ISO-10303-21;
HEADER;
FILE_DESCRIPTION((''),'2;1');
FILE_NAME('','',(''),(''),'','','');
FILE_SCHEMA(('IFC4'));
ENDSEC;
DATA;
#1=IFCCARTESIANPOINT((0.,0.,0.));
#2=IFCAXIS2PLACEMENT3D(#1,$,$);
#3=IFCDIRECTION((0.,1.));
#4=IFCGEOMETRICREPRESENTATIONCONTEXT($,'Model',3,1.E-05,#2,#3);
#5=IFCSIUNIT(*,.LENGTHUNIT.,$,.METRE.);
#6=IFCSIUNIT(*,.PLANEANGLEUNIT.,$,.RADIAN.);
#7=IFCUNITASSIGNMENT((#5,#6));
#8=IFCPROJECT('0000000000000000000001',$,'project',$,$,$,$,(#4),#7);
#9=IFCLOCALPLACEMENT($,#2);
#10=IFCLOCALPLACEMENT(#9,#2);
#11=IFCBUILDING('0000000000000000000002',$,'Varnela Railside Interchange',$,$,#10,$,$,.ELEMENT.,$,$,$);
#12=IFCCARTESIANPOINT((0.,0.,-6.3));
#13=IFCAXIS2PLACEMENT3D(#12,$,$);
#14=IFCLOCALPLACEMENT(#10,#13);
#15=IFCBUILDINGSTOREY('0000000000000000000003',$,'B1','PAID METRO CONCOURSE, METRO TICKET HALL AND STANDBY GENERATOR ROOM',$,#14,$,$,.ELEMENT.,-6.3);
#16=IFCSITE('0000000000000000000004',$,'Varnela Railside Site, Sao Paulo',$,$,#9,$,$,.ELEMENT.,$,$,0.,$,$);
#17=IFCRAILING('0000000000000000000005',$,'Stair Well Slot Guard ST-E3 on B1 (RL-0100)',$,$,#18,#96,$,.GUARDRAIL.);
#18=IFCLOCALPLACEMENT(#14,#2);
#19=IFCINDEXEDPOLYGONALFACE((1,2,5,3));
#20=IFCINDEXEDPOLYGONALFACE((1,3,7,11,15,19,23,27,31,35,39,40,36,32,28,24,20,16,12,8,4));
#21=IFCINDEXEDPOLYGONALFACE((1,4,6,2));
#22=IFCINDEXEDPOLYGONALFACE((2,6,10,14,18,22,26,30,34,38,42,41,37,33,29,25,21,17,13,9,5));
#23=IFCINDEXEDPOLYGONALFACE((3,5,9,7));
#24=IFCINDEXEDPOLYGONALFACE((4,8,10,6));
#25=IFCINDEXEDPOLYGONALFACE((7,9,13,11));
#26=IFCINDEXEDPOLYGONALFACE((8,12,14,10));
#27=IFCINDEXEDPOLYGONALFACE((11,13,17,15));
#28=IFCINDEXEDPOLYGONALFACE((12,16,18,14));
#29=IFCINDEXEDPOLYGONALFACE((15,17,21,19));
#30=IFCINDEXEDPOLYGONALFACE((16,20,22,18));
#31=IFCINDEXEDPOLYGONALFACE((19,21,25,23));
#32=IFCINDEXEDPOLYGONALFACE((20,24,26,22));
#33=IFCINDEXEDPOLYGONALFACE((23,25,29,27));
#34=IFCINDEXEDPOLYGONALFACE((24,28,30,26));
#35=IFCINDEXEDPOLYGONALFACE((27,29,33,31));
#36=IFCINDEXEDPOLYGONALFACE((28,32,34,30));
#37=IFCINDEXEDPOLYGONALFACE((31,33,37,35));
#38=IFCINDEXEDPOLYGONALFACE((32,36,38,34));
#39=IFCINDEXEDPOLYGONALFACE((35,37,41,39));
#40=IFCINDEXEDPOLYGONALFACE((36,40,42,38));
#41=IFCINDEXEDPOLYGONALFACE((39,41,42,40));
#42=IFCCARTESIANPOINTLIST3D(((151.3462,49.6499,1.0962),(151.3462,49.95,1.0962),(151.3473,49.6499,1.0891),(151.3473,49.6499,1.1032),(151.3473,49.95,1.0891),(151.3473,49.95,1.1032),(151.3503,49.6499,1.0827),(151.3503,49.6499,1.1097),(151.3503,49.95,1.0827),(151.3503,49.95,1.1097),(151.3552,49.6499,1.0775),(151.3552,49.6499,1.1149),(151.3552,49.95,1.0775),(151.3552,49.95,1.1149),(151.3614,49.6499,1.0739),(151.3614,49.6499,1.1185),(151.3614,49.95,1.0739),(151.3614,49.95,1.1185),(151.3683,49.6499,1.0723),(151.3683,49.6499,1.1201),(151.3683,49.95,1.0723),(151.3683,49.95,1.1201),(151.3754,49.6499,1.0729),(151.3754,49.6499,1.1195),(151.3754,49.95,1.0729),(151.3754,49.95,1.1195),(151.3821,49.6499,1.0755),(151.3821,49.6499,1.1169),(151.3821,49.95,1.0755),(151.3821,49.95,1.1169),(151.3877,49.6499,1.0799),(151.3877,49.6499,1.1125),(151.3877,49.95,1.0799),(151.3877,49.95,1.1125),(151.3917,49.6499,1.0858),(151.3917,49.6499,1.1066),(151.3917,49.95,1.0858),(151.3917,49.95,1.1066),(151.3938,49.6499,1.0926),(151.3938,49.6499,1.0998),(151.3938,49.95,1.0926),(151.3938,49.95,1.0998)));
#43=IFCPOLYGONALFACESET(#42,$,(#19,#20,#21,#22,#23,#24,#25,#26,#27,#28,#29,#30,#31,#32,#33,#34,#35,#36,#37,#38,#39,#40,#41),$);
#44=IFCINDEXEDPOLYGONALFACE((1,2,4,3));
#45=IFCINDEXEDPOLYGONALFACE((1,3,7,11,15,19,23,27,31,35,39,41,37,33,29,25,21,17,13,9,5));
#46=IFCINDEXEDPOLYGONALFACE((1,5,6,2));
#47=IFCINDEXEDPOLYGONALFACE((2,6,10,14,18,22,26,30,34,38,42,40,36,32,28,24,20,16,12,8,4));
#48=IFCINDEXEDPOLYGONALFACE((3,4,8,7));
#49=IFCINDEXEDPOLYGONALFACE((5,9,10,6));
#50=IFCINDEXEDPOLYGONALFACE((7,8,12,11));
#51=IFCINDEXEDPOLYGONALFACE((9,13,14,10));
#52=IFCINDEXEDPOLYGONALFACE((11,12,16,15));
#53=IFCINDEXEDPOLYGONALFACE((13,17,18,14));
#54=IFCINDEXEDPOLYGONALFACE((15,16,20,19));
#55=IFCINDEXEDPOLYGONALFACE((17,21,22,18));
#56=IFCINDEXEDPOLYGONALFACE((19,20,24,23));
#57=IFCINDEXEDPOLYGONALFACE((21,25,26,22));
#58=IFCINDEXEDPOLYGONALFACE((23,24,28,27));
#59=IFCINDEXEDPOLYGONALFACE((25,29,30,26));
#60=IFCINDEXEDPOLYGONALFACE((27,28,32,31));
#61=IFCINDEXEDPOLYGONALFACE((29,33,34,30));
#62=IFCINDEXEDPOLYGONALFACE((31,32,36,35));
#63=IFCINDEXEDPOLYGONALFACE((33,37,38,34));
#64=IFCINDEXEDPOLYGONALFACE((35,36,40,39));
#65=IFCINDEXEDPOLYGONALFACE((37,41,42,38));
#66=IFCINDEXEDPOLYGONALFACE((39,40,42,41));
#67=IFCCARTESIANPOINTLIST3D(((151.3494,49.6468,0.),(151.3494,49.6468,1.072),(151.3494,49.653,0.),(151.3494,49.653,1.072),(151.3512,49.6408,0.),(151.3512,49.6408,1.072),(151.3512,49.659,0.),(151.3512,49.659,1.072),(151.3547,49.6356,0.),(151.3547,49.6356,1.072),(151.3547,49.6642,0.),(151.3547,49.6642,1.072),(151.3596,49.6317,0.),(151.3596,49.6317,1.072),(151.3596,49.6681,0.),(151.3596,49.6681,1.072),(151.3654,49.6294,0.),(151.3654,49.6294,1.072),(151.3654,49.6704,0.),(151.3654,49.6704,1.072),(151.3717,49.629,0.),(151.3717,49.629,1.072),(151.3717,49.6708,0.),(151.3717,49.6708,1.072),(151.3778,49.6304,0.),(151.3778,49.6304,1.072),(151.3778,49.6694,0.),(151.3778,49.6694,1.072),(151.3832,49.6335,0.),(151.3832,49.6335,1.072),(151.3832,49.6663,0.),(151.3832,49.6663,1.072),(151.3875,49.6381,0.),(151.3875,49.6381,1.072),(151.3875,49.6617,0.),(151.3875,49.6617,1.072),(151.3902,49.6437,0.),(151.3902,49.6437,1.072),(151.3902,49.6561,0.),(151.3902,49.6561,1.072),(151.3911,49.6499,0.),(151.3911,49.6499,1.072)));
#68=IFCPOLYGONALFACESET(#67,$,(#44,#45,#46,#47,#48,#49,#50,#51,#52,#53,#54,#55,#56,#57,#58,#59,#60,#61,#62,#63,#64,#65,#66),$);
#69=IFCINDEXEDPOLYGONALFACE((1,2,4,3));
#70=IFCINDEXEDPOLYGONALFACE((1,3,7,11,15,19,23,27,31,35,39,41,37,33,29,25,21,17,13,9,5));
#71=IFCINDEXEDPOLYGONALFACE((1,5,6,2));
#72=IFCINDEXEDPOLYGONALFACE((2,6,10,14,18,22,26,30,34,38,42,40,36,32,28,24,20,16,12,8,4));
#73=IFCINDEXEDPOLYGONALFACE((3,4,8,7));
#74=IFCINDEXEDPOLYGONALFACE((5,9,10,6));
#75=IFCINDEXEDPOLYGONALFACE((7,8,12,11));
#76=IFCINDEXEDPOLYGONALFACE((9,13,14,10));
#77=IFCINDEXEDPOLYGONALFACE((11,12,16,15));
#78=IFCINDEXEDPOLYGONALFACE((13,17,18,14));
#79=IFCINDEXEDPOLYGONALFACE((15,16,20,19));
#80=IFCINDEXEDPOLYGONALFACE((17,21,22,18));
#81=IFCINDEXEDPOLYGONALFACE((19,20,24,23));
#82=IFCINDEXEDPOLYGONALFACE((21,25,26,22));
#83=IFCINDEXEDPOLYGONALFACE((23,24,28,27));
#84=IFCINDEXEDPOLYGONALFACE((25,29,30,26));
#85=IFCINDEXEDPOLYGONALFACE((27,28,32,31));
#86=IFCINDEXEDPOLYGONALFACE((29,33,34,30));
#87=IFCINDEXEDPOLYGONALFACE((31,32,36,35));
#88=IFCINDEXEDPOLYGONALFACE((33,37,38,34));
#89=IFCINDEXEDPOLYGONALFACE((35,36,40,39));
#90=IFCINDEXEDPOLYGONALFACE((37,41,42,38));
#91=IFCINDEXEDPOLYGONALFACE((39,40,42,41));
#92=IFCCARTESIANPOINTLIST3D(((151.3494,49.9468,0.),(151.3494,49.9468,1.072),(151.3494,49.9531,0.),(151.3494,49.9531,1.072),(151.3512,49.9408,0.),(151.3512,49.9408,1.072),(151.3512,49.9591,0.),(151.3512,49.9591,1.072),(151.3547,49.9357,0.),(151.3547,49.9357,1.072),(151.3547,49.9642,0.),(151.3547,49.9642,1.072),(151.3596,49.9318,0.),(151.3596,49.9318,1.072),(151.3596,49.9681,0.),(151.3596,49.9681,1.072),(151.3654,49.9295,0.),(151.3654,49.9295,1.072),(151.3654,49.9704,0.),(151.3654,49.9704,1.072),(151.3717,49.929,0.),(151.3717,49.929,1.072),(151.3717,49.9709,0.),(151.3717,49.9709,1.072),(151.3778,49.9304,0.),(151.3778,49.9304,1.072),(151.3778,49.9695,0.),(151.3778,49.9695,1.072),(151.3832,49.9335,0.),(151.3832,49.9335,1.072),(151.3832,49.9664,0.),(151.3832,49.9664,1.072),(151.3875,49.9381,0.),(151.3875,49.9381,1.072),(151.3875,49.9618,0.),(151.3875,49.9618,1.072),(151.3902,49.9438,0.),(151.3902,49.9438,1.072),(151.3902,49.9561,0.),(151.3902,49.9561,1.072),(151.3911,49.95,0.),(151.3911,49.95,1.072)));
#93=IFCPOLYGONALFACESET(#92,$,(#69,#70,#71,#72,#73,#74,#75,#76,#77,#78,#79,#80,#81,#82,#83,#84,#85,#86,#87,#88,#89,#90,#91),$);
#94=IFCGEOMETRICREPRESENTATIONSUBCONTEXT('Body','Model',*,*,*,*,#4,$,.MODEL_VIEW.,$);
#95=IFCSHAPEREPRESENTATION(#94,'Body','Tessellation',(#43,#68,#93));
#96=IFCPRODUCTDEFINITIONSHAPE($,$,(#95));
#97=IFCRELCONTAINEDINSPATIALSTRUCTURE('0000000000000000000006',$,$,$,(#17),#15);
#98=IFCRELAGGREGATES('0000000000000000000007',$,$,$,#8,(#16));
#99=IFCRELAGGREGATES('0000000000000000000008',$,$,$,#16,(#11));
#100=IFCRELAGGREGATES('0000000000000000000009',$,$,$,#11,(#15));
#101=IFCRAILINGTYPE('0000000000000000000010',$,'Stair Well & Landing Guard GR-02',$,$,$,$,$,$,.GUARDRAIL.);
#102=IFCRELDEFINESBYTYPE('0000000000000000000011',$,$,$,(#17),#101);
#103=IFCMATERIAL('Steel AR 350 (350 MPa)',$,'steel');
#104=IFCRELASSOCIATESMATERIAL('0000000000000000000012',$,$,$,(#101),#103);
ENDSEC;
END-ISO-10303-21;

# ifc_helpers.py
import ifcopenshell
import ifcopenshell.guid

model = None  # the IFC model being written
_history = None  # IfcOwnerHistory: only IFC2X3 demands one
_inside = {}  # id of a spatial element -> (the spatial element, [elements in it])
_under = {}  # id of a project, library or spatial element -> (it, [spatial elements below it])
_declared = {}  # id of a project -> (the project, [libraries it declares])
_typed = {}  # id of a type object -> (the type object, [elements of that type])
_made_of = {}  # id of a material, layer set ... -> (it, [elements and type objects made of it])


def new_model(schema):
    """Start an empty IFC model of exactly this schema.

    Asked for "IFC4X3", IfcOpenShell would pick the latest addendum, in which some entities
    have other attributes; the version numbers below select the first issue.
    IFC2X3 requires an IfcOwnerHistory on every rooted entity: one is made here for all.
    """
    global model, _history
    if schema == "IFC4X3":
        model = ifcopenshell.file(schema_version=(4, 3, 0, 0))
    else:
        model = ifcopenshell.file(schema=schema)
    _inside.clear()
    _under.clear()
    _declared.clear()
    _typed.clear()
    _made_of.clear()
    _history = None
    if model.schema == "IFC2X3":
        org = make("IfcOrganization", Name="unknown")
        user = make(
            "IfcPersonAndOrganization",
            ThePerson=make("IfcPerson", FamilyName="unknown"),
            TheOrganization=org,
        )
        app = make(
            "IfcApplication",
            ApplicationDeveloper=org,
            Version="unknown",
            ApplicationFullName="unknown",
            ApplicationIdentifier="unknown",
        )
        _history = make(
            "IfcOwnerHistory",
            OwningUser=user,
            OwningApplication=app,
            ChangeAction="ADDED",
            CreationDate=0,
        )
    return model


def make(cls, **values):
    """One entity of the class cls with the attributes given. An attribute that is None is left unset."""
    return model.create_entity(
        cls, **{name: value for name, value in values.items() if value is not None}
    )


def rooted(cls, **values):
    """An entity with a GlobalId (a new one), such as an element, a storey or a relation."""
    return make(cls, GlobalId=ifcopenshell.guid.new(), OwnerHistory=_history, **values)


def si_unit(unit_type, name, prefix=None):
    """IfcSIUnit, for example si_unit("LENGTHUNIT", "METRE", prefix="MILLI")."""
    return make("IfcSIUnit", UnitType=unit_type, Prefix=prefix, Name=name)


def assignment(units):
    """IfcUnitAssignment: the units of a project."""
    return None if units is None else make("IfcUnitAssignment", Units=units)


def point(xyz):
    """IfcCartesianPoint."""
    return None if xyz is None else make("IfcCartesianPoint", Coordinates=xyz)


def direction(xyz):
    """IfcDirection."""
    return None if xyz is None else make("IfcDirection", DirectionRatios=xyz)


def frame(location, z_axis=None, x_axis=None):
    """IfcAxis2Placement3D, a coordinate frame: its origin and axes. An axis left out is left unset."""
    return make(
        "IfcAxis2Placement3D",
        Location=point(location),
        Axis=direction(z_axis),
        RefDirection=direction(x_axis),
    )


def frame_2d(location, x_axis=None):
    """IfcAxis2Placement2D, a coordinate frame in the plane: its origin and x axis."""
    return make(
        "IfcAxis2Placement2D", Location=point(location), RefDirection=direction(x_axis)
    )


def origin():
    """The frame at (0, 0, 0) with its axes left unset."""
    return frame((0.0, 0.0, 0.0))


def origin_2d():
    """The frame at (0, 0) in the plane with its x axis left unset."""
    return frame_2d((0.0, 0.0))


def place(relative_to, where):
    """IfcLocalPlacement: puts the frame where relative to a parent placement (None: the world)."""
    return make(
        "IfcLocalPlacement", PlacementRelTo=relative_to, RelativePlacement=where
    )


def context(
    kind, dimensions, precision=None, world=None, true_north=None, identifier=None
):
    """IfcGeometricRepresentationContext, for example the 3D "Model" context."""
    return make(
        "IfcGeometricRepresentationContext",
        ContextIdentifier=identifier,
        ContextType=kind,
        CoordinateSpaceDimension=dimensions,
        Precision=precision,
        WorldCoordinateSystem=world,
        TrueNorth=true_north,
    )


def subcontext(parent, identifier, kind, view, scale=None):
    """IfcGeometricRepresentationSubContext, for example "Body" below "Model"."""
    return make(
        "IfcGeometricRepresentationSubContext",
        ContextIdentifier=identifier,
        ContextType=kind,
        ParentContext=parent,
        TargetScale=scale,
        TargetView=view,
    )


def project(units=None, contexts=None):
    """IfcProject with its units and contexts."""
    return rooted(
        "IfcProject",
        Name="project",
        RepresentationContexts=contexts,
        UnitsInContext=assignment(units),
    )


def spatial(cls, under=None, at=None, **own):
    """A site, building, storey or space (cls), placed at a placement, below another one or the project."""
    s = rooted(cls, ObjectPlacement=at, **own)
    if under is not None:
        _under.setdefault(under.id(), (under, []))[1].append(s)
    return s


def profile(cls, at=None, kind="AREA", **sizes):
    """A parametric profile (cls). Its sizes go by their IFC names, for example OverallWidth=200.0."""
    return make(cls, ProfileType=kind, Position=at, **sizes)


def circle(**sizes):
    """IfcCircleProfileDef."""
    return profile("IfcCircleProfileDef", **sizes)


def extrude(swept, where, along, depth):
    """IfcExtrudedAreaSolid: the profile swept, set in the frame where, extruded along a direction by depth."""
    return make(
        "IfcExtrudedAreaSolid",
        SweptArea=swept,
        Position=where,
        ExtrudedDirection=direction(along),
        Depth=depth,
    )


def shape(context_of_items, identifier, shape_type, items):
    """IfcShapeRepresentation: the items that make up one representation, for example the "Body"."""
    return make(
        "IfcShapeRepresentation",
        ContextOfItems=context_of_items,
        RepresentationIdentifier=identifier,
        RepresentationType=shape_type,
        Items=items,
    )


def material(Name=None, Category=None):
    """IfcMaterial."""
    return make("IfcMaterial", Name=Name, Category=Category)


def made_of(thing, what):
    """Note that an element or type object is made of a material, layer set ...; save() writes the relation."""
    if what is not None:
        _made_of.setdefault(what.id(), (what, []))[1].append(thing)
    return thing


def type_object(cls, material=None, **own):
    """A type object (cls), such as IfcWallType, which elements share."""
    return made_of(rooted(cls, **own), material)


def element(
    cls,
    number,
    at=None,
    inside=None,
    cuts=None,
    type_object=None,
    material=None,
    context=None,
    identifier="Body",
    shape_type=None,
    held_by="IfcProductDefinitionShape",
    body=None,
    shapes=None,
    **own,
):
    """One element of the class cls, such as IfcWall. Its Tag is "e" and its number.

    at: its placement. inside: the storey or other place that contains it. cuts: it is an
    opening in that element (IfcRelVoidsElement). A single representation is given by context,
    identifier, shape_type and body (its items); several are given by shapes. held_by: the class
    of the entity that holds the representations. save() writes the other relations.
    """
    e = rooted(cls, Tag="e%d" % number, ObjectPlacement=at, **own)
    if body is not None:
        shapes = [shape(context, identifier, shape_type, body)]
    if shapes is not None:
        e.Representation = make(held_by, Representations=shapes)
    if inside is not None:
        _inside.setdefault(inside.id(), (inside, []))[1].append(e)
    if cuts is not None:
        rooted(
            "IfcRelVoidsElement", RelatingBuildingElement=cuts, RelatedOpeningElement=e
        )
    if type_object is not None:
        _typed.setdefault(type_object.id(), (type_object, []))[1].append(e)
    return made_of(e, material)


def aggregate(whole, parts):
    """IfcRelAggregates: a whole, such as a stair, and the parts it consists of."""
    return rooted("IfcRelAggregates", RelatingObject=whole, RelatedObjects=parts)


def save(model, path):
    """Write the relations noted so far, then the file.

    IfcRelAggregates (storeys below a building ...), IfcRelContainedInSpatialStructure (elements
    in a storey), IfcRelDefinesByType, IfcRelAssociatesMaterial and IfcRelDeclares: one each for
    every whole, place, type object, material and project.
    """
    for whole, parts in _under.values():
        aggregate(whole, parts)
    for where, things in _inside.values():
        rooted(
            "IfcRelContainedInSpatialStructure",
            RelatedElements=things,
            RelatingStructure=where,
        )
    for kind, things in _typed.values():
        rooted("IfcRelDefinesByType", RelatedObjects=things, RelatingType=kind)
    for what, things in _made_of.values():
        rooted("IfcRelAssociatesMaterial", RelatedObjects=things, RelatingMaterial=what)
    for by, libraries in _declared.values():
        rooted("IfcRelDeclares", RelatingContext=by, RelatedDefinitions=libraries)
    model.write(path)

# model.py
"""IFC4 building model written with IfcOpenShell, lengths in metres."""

from ifc_helpers import new_model, si_unit, direction, frame, origin, origin_2d, place, context, subcontext, project, spatial, circle, extrude, material, type_object, element, save


model = new_model("IFC4")

# Units and contexts
model_context = context("Model", 3, precision=1e-05, world=origin(), true_north=direction((0.0, 1.0)))
body_context = subcontext(model_context, "Body", "Model", "MODEL_VIEW")
ifc_project = project(units=[si_unit("LENGTHUNIT", "METRE"), si_unit("PLANEANGLEUNIT", "RADIAN")], contexts=[model_context])

# Site, building, storey
site_placement = place(None, origin())
site = spatial("IfcSite", under=ifc_project, at=site_placement, Name="Varnela Railside Site, Sao Paulo", CompositionType="ELEMENT", RefElevation=0.0)
building_placement = place(site_placement, origin())
building = spatial("IfcBuilding", under=site, at=building_placement, Name="Varnela Railside Interchange", CompositionType="ELEMENT")
storey_placement = place(building_placement, frame((0.0, 0.0, -6.3)))
storey = spatial("IfcBuildingStorey", under=building, at=storey_placement, Name="B1", Description="PAID METRO CONCOURSE, METRO TICKET HALL AND STANDBY GENERATOR ROOM", CompositionType="ELEMENT", Elevation=-6.3)

# Railing
ifc_material_1 = material(Name="Steel AR 350 (350 MPa)", Category="steel")
railing_type_1 = type_object("IfcRailingType", Name="Stair Well & Landing Guard GR-02", PredefinedType="GUARDRAIL", material=ifc_material_1)
railing_1_placement = place(storey_placement, frame((151.3701, 49.6499, 0.0)))
element("IfcRailing", 1, at=railing_1_placement, inside=storey, type_object=railing_type_1, Name="Stair Well Slot Guard ST-E3 on B1 (RL-0100)", PredefinedType="GUARDRAIL", context=body_context, shape_type="SweptSolid", body=[
    extrude(circle(Radius=0.0239, at=origin_2d()), frame((0.0, 0.0, 1.0962), z_axis=(0.0, 1.0, 0.0), x_axis=(-1.0, 0.0, 0.0)), (0.0, 0.0, 1.0), 0.3),
    extrude(circle(Radius=0.021, at=origin_2d()), origin(), (0.0, 0.0, 1.0), 1.072),
    extrude(circle(Radius=0.021, at=origin_2d()), frame((0.0, 0.3, 0.0)), (0.0, 0.0, 1.0), 1.072),
])

save(model, "model.ifc")
